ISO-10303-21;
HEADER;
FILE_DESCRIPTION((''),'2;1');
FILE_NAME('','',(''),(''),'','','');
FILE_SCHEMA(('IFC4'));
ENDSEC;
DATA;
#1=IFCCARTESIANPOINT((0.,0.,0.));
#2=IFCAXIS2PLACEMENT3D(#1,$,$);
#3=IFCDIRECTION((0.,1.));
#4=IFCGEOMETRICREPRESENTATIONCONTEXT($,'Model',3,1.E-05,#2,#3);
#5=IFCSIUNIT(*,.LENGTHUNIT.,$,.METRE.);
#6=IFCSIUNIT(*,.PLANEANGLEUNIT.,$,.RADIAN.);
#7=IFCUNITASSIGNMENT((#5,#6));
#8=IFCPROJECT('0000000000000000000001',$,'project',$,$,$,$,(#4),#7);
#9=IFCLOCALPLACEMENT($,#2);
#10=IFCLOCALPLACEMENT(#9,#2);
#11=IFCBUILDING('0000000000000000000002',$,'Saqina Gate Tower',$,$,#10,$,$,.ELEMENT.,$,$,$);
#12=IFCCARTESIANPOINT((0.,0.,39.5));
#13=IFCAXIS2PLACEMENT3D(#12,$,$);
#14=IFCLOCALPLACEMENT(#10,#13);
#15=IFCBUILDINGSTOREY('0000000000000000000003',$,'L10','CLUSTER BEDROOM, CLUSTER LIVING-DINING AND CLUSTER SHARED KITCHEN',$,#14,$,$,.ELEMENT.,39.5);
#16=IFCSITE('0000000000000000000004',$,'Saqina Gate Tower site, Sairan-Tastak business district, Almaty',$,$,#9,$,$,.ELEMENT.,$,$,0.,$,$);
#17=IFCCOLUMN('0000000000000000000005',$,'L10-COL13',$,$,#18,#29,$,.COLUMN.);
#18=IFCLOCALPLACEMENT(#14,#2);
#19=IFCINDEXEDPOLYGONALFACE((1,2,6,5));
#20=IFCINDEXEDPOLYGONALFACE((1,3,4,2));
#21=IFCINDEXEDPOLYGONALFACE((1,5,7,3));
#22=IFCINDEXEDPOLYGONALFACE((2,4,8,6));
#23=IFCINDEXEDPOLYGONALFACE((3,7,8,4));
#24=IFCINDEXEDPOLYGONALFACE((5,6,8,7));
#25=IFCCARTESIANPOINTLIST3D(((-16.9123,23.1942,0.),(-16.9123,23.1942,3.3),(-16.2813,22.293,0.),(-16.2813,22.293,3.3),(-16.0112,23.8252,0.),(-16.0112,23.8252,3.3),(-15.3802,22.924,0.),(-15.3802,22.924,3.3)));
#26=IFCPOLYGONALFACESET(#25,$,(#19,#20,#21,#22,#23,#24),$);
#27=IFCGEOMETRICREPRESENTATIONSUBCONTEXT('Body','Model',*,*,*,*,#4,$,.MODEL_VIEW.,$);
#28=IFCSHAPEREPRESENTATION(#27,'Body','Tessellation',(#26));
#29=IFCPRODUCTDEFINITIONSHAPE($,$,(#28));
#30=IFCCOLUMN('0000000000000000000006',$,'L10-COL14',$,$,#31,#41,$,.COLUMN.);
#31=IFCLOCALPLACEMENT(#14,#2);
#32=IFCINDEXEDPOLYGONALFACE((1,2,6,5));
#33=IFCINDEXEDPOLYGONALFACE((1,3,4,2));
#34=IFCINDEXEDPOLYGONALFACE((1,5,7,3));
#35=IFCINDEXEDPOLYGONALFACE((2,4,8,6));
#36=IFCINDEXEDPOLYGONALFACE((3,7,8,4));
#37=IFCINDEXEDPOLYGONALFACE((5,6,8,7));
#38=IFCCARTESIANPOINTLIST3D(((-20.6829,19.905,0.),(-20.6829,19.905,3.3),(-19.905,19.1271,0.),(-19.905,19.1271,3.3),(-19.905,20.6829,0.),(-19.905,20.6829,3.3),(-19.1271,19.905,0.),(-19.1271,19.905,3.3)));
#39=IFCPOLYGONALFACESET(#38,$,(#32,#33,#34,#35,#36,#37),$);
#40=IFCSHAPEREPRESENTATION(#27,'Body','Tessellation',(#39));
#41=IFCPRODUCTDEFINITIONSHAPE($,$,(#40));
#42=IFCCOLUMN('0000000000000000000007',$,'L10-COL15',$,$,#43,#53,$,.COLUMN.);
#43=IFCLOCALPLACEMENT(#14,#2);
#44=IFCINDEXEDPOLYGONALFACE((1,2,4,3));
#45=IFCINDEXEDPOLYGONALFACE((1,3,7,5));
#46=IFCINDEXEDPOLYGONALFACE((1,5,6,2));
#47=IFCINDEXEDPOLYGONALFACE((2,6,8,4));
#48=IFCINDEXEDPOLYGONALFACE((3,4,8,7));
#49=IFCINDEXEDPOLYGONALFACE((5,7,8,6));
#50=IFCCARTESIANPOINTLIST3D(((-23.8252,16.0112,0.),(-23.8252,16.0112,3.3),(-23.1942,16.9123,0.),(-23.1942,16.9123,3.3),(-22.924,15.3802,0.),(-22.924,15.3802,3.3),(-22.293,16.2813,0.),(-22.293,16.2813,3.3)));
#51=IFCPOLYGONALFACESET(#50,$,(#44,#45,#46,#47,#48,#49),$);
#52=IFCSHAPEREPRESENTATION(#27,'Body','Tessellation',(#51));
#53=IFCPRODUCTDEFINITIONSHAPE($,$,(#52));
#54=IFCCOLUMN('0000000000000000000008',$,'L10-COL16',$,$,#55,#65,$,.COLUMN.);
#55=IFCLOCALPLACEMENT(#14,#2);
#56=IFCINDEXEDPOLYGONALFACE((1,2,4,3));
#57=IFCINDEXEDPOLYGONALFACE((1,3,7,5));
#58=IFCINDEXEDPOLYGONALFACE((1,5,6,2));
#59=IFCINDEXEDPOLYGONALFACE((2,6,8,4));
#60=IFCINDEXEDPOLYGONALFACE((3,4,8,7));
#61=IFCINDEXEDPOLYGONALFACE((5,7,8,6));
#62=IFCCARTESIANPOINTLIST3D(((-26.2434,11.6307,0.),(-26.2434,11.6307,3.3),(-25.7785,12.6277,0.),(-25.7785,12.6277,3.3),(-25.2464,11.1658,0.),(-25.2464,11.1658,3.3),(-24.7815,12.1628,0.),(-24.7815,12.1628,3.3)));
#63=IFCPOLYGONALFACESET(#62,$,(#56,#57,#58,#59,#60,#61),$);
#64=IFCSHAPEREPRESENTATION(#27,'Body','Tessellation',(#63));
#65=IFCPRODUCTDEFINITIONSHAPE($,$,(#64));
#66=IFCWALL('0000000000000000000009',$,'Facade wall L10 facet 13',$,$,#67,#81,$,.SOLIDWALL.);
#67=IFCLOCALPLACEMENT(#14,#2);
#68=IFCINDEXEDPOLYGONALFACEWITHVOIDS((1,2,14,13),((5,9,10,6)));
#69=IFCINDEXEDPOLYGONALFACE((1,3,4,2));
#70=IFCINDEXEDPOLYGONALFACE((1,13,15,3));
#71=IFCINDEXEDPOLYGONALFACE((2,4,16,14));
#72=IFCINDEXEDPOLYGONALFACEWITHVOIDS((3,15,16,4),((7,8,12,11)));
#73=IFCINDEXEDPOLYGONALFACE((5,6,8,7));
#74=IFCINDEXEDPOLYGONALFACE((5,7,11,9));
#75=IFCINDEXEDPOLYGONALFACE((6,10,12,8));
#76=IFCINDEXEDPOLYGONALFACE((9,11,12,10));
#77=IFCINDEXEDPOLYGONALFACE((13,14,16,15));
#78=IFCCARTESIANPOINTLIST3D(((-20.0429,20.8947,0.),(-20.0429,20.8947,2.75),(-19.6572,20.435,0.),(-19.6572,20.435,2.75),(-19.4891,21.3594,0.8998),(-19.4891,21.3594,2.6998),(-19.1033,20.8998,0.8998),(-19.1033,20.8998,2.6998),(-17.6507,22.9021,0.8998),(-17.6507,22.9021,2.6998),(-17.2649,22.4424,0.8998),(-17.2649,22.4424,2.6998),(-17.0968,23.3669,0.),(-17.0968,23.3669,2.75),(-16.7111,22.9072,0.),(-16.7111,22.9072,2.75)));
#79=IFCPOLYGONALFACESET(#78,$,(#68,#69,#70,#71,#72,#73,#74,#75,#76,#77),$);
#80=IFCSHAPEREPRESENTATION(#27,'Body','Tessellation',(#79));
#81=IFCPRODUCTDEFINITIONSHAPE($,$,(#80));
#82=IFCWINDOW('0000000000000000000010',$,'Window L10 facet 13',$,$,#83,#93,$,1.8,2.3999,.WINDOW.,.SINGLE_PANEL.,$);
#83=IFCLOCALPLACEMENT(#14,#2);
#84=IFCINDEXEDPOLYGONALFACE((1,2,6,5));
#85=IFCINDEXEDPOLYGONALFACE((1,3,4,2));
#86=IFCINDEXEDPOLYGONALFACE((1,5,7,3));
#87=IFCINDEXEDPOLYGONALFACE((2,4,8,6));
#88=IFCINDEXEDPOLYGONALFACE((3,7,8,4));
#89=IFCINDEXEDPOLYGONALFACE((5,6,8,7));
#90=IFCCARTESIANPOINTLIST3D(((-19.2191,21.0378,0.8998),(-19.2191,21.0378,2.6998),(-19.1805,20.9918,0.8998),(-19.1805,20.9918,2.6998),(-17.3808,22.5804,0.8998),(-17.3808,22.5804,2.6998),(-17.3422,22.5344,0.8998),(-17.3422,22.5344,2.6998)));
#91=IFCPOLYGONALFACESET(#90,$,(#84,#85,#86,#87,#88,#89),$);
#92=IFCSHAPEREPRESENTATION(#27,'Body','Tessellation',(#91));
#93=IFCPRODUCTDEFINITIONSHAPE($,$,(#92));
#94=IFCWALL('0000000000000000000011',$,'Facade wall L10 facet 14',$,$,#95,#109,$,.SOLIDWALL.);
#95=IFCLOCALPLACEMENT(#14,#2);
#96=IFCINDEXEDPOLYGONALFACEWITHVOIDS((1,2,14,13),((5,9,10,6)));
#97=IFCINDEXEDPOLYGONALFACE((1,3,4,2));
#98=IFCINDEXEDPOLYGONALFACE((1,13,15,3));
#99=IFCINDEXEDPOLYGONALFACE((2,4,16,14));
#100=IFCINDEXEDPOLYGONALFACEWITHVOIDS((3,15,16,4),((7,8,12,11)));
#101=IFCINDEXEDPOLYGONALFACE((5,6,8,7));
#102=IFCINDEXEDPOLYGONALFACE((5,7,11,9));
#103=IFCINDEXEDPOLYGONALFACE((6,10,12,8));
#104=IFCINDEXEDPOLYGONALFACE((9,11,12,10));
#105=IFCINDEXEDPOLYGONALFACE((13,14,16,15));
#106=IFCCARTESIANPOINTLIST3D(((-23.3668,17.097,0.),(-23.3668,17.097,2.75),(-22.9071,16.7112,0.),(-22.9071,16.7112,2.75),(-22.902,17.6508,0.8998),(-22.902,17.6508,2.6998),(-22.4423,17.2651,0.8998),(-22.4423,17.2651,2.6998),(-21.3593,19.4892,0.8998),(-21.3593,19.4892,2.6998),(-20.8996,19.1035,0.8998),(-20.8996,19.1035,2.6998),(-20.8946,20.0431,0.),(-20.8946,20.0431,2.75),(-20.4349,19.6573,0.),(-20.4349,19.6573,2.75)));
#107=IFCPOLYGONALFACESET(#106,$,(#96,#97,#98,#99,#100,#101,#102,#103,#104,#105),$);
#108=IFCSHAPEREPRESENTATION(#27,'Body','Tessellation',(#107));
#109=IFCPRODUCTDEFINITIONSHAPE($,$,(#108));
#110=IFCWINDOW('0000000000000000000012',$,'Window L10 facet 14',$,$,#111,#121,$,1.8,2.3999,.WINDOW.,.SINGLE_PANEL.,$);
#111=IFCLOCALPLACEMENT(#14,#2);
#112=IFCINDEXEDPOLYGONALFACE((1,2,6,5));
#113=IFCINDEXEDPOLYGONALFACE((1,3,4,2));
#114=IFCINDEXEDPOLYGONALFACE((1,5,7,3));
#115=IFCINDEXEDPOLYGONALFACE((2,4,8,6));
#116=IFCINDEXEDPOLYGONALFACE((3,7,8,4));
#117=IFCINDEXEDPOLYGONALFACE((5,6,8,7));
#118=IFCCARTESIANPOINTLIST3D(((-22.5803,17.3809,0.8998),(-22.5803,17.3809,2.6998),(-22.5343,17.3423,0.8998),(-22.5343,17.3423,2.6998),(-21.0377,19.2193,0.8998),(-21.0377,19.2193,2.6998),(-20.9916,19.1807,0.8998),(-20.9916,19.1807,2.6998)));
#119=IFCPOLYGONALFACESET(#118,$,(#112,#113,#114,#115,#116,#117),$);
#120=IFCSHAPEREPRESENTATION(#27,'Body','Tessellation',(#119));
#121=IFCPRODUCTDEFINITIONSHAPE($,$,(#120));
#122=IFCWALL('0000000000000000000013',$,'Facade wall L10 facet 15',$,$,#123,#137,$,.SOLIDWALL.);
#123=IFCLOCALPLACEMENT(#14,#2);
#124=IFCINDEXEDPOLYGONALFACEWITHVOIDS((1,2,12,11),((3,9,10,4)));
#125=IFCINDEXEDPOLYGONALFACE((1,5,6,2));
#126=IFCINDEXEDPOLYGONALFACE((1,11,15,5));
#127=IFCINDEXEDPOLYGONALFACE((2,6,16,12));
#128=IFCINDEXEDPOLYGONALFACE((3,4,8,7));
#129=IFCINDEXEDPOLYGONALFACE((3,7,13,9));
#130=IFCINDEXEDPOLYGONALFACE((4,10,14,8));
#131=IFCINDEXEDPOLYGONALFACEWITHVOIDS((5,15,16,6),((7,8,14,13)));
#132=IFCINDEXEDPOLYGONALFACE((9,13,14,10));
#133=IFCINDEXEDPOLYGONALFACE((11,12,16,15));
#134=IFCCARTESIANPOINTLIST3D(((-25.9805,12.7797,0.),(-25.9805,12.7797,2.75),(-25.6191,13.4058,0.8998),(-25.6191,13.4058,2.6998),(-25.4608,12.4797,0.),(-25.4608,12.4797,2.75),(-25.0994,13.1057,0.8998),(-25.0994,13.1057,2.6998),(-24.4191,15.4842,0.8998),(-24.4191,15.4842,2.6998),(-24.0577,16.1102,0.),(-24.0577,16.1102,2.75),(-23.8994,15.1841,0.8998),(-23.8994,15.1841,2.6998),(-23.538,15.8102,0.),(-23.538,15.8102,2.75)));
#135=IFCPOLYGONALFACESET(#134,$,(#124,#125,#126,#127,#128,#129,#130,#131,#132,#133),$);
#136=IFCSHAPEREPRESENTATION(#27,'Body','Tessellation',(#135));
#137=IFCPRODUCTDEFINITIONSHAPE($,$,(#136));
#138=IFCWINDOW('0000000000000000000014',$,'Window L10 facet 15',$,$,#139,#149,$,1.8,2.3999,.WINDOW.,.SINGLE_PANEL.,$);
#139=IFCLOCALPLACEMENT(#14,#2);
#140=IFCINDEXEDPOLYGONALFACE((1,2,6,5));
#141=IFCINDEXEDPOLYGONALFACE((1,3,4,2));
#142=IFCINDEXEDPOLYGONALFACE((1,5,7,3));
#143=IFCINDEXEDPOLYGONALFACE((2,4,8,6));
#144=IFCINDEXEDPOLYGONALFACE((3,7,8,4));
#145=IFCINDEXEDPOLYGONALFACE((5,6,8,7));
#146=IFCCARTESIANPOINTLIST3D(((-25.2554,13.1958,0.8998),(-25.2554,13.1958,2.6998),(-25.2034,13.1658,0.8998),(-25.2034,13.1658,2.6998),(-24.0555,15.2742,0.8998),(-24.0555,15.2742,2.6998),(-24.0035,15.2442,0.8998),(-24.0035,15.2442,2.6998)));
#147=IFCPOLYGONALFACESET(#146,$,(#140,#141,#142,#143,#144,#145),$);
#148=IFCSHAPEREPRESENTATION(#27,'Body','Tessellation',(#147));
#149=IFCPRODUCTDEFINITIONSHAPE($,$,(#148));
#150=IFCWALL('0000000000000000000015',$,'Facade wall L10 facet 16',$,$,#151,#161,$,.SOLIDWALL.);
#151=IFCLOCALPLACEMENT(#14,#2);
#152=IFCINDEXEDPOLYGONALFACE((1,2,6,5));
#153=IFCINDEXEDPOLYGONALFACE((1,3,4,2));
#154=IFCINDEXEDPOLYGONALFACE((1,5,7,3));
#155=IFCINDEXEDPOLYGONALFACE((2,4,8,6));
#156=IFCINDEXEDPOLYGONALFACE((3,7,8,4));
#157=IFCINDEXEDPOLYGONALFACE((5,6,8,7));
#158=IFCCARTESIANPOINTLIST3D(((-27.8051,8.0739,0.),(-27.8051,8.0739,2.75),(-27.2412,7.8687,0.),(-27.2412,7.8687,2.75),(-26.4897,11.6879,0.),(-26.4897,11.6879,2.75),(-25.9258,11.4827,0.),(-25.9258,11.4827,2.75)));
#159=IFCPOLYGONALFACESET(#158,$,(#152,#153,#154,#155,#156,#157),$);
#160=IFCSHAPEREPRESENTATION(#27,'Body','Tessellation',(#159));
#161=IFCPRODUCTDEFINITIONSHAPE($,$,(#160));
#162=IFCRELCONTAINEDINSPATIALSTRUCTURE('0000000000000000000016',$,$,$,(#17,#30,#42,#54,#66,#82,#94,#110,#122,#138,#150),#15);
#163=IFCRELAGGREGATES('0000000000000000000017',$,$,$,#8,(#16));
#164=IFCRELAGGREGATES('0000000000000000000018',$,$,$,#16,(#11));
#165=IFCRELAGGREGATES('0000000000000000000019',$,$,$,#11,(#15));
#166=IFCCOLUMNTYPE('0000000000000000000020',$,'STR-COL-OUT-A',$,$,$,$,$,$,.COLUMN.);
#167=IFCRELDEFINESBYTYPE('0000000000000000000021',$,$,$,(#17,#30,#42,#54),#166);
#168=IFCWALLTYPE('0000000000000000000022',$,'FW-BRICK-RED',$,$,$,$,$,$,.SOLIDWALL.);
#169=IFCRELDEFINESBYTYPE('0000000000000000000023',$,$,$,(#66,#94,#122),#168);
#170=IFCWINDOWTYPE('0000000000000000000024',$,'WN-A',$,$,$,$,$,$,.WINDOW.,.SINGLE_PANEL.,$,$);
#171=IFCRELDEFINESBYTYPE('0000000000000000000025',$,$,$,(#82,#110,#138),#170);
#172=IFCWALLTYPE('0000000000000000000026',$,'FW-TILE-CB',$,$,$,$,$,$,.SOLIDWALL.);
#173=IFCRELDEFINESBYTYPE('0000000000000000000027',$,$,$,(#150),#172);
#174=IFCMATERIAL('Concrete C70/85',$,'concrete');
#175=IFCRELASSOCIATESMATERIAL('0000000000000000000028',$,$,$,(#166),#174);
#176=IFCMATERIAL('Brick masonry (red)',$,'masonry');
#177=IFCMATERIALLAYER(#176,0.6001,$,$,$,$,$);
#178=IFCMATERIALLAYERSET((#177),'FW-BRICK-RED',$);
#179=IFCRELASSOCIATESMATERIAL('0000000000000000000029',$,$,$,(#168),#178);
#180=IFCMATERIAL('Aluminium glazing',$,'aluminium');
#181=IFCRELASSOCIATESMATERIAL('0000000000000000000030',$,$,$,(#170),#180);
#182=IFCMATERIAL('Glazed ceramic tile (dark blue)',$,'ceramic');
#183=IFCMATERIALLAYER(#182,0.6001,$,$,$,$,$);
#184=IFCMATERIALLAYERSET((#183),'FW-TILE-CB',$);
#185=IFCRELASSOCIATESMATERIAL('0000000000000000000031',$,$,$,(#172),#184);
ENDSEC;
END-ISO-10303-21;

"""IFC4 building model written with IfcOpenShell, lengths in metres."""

from ifc_helpers import new_model, si_unit, direction, frame, frame_2d, origin, origin_2d, place, context, subcontext, project, spatial, rectangle, extrude, material, layer, layer_set, material_profile, profile_set, type_object, element, fill, save


model = new_model("IFC4")

# Units and contexts
model_context = context("Model", 3, precision=1e-05, world=origin(), true_north=direction((0.0, 1.0)))
body_context = subcontext(model_context, "Body", "Model", "MODEL_VIEW")
ifc_project = project(units=[si_unit("LENGTHUNIT", "METRE"), si_unit("PLANEANGLEUNIT", "RADIAN")], contexts=[model_context])

# Site, building, storey
site_placement = place(None, origin())
site = spatial("IfcSite", under=ifc_project, at=site_placement, Name="Saqina Gate Tower site, Sairan-Tastak business district, Almaty", CompositionType="ELEMENT", RefElevation=0.0)
building_placement = place(site_placement, origin())
building = spatial("IfcBuilding", under=site, at=building_placement, Name="Saqina Gate Tower", CompositionType="ELEMENT")
storey_placement = place(building_placement, frame((0.0, 0.0, 39.5)))
storey = spatial("IfcBuildingStorey", under=building, at=storey_placement, Name="L10", Description="CLUSTER BEDROOM, CLUSTER LIVING-DINING AND CLUSTER SHARED KITCHEN", CompositionType="ELEMENT", Elevation=39.5)

# Columns
ifc_material_1 = material(Name="Concrete C70/85", Category="concrete")
ifc_material_profile = material_profile(ifc_material_1, rectangle(XDim=1.1001, YDim=1.1001, at=origin_2d()), Name="RC 1100x1100")
ifc_profile_set = profile_set([ifc_material_profile], Name="Concrete C70/85")
column_type = type_object("IfcColumnType", Name="STR-COL-OUT-A", PredefinedType="COLUMN", material=ifc_profile_set)
for number, where, z_axis, x_axis, name in (
    (1, (-16.1462, 23.0591, 0.0), (0.0, 0.0, 1.0), (-0.573576, 0.819152, 0.0), "L10-COL13"),
    (2, (-19.905, 19.905, 0.0), (0.0, 0.0, 1.0), (-0.707107, 0.707107, 0.0), "L10-COL14"),
    (3, (-23.0591, 16.1462, 0.0), (0.0, 0.0, 1.0), (-0.819152, 0.573576, 0.0), "L10-COL15"),
    (4, (-25.5125, 11.8967, 0.0), (0.0, 0.0, 1.0), (-0.906308, 0.422618, 0.0), "L10-COL16"),
):
    element("IfcColumn", number, at=place(storey_placement, frame(where, z_axis=z_axis, x_axis=x_axis)), inside=storey, type_object=column_type, Name=name, PredefinedType="COLUMN", context=body_context, shape_type="SweptSolid", body=[
        extrude(rectangle(XDim=1.1001, YDim=1.1001, at=origin_2d()), origin(), (0.0, 0.0, 1.0), 3.3),
    ])

# Walls, openings, windows
ifc_material_2 = material(Name="Brick masonry (red)", Category="masonry")
ifc_layer_1 = layer(ifc_material_2, 0.6001)
ifc_layer_set_1 = layer_set([ifc_layer_1], Name="FW-BRICK-RED")
wall_type_1 = type_object("IfcWallType", Name="FW-BRICK-RED", PredefinedType="SOLIDWALL", material=ifc_layer_set_1)
wall_1_placement = place(storey_placement, frame((-16.9041, 23.137, 0.0), z_axis=(0.0, 0.0, 1.0), x_axis=(-0.766026, -0.642809, 0.0)))
wall_1 = element("IfcWall", 5, at=wall_1_placement, inside=storey, type_object=wall_type_1, Name="Facade wall L10 facet 13", PredefinedType="SOLIDWALL", context=body_context, shape_type="SweptSolid", body=[
    extrude(rectangle(XDim=3.8459, YDim=0.6001, at=frame_2d((1.9229, 0.0))), origin(), (0.0, 0.0, 1.0), 2.75),
])
opening_1_placement = place(wall_1_placement, frame((0.7229, 0.0, 0.8999)))
opening_1 = element("IfcOpeningElement", 6, at=opening_1_placement, cuts=wall_1, PredefinedType="OPENING", context=body_context, shape_type="SweptSolid", body=[
    extrude(rectangle(XDim=2.3999, YDim=1.8, at=frame_2d((1.2, 0.8999))), frame((0.0, 0.312, 0.0), z_axis=(0.0, -1.0, 0.0), x_axis=(1.0, 0.0, 0.0)), (0.0, 0.0, 1.0), 0.624),
])
ifc_material_3 = material(Name="Aluminium glazing", Category="aluminium")
window_type = type_object("IfcWindowType", Name="WN-A", PartitioningType="SINGLE_PANEL", PredefinedType="WINDOW", material=ifc_material_3)
window_1_placement = place(opening_1_placement, origin())
window_1 = element("IfcWindow", 7, at=window_1_placement, inside=storey, type_object=window_type, Name="Window L10 facet 13", OverallHeight=1.8, OverallWidth=2.3999, PartitioningType="SINGLE_PANEL", PredefinedType="WINDOW", context=body_context, shape_type="SweptSolid", body=[
    extrude(rectangle(XDim=2.3999, YDim=1.8, at=frame_2d((1.2, 0.8999))), frame((0.0, 0.1799, 0.0), z_axis=(0.0, -1.0, 0.0), x_axis=(1.0, 0.0, 0.0)), (0.0, 0.0, 1.0), 0.0601),
])
fill(opening_1, window_1)
wall_2_placement = place(storey_placement, frame((-20.6648, 19.8501, 0.0), z_axis=(0.0, 0.0, 1.0), x_axis=(-0.642809, -0.766026, 0.0)))
wall_2 = element("IfcWall", 8, at=wall_2_placement, inside=storey, type_object=wall_type_1, Name="Facade wall L10 facet 14", PredefinedType="SOLIDWALL", context=body_context, shape_type="SweptSolid", body=[
    extrude(rectangle(XDim=3.8459, YDim=0.6001, at=frame_2d((1.9229, 0.0))), origin(), (0.0, 0.0, 1.0), 2.75),
])
opening_2_placement = place(wall_2_placement, frame((0.7229, 0.0, 0.8999)))
opening_2 = element("IfcOpeningElement", 9, at=opening_2_placement, cuts=wall_2, PredefinedType="OPENING", context=body_context, shape_type="SweptSolid", body=[
    extrude(rectangle(XDim=2.3999, YDim=1.8, at=frame_2d((1.2, 0.8999))), frame((0.0, 0.312, 0.0), z_axis=(0.0, -1.0, 0.0), x_axis=(1.0, 0.0, 0.0)), (0.0, 0.0, 1.0), 0.624),
])
window_2_placement = place(opening_2_placement, origin())
window_2 = element("IfcWindow", 10, at=window_2_placement, inside=storey, type_object=window_type, Name="Window L10 facet 14", OverallHeight=1.8, OverallWidth=2.3999, PartitioningType="SINGLE_PANEL", PredefinedType="WINDOW", context=body_context, shape_type="SweptSolid", body=[
    extrude(rectangle(XDim=2.3999, YDim=1.8, at=frame_2d((1.2, 0.8999))), frame((0.0, 0.1799, 0.0), z_axis=(0.0, -1.0, 0.0), x_axis=(1.0, 0.0, 0.0)), (0.0, 0.0, 1.0), 0.0601),
])
fill(opening_2, window_2)
wall_3_placement = place(storey_placement, frame((-23.7979, 15.9602, 0.0), z_axis=(0.0, 0.0, 1.0), x_axis=(-0.49999, -0.866031, 0.0)))
wall_3 = element("IfcWall", 11, at=wall_3_placement, inside=storey, type_object=wall_type_1, Name="Facade wall L10 facet 15", PredefinedType="SOLIDWALL", context=body_context, shape_type="SweptSolid", body=[
    extrude(rectangle(XDim=3.8457, YDim=0.6001, at=frame_2d((1.9229, 0.0))), origin(), (0.0, 0.0, 1.0), 2.75),
])
opening_3_placement = place(wall_3_placement, frame((0.7229, 0.0, 0.8999)))
opening_3 = element("IfcOpeningElement", 12, at=opening_3_placement, cuts=wall_3, PredefinedType="OPENING", context=body_context, shape_type="SweptSolid", body=[
    extrude(rectangle(XDim=2.3999, YDim=1.8, at=frame_2d((1.2, 0.8999))), frame((0.0, 0.312, 0.0), z_axis=(0.0, -1.0, 0.0), x_axis=(1.0, 0.0, 0.0)), (0.0, 0.0, 1.0), 0.624),
])
window_3_placement = place(opening_3_placement, origin())
window_3 = element("IfcWindow", 13, at=window_3_placement, inside=storey, type_object=window_type, Name="Window L10 facet 15", OverallHeight=1.8, OverallWidth=2.3999, PartitioningType="SINGLE_PANEL", PredefinedType="WINDOW", context=body_context, shape_type="SweptSolid", body=[
    extrude(rectangle(XDim=2.3999, YDim=1.8, at=frame_2d((1.2, 0.8999))), frame((0.0, 0.1799, 0.0), z_axis=(0.0, -1.0, 0.0), x_axis=(1.0, 0.0, 0.0)), (0.0, 0.0, 1.0), 0.0601),
])
fill(opening_3, window_3)

# Wall
ifc_material_4 = material(Name="Glazed ceramic tile (dark blue)", Category="ceramic")
ifc_layer_2 = layer(ifc_material_4, 0.6001)
ifc_layer_set_2 = layer_set([ifc_layer_2], Name="FW-TILE-CB")
wall_type_2 = type_object("IfcWallType", Name="FW-TILE-CB", PredefinedType="SOLIDWALL", material=ifc_layer_set_2)
wall_4_placement = place(storey_placement, frame((-26.2078, 11.5852, 0.0), z_axis=(0.0, 0.0, 1.0), x_axis=(-0.342028, -0.93969, 0.0)))
element("IfcWall", 14, at=wall_4_placement, inside=storey, type_object=wall_type_2, Name="Facade wall L10 facet 16", PredefinedType="SOLIDWALL", context=body_context, shape_type="SweptSolid", body=[
    extrude(rectangle(XDim=3.8459, YDim=0.6001, at=frame_2d((1.9229, 0.0))), origin(), (0.0, 0.0, 1.0), 2.75),
])

save(model, "model.ifc")
